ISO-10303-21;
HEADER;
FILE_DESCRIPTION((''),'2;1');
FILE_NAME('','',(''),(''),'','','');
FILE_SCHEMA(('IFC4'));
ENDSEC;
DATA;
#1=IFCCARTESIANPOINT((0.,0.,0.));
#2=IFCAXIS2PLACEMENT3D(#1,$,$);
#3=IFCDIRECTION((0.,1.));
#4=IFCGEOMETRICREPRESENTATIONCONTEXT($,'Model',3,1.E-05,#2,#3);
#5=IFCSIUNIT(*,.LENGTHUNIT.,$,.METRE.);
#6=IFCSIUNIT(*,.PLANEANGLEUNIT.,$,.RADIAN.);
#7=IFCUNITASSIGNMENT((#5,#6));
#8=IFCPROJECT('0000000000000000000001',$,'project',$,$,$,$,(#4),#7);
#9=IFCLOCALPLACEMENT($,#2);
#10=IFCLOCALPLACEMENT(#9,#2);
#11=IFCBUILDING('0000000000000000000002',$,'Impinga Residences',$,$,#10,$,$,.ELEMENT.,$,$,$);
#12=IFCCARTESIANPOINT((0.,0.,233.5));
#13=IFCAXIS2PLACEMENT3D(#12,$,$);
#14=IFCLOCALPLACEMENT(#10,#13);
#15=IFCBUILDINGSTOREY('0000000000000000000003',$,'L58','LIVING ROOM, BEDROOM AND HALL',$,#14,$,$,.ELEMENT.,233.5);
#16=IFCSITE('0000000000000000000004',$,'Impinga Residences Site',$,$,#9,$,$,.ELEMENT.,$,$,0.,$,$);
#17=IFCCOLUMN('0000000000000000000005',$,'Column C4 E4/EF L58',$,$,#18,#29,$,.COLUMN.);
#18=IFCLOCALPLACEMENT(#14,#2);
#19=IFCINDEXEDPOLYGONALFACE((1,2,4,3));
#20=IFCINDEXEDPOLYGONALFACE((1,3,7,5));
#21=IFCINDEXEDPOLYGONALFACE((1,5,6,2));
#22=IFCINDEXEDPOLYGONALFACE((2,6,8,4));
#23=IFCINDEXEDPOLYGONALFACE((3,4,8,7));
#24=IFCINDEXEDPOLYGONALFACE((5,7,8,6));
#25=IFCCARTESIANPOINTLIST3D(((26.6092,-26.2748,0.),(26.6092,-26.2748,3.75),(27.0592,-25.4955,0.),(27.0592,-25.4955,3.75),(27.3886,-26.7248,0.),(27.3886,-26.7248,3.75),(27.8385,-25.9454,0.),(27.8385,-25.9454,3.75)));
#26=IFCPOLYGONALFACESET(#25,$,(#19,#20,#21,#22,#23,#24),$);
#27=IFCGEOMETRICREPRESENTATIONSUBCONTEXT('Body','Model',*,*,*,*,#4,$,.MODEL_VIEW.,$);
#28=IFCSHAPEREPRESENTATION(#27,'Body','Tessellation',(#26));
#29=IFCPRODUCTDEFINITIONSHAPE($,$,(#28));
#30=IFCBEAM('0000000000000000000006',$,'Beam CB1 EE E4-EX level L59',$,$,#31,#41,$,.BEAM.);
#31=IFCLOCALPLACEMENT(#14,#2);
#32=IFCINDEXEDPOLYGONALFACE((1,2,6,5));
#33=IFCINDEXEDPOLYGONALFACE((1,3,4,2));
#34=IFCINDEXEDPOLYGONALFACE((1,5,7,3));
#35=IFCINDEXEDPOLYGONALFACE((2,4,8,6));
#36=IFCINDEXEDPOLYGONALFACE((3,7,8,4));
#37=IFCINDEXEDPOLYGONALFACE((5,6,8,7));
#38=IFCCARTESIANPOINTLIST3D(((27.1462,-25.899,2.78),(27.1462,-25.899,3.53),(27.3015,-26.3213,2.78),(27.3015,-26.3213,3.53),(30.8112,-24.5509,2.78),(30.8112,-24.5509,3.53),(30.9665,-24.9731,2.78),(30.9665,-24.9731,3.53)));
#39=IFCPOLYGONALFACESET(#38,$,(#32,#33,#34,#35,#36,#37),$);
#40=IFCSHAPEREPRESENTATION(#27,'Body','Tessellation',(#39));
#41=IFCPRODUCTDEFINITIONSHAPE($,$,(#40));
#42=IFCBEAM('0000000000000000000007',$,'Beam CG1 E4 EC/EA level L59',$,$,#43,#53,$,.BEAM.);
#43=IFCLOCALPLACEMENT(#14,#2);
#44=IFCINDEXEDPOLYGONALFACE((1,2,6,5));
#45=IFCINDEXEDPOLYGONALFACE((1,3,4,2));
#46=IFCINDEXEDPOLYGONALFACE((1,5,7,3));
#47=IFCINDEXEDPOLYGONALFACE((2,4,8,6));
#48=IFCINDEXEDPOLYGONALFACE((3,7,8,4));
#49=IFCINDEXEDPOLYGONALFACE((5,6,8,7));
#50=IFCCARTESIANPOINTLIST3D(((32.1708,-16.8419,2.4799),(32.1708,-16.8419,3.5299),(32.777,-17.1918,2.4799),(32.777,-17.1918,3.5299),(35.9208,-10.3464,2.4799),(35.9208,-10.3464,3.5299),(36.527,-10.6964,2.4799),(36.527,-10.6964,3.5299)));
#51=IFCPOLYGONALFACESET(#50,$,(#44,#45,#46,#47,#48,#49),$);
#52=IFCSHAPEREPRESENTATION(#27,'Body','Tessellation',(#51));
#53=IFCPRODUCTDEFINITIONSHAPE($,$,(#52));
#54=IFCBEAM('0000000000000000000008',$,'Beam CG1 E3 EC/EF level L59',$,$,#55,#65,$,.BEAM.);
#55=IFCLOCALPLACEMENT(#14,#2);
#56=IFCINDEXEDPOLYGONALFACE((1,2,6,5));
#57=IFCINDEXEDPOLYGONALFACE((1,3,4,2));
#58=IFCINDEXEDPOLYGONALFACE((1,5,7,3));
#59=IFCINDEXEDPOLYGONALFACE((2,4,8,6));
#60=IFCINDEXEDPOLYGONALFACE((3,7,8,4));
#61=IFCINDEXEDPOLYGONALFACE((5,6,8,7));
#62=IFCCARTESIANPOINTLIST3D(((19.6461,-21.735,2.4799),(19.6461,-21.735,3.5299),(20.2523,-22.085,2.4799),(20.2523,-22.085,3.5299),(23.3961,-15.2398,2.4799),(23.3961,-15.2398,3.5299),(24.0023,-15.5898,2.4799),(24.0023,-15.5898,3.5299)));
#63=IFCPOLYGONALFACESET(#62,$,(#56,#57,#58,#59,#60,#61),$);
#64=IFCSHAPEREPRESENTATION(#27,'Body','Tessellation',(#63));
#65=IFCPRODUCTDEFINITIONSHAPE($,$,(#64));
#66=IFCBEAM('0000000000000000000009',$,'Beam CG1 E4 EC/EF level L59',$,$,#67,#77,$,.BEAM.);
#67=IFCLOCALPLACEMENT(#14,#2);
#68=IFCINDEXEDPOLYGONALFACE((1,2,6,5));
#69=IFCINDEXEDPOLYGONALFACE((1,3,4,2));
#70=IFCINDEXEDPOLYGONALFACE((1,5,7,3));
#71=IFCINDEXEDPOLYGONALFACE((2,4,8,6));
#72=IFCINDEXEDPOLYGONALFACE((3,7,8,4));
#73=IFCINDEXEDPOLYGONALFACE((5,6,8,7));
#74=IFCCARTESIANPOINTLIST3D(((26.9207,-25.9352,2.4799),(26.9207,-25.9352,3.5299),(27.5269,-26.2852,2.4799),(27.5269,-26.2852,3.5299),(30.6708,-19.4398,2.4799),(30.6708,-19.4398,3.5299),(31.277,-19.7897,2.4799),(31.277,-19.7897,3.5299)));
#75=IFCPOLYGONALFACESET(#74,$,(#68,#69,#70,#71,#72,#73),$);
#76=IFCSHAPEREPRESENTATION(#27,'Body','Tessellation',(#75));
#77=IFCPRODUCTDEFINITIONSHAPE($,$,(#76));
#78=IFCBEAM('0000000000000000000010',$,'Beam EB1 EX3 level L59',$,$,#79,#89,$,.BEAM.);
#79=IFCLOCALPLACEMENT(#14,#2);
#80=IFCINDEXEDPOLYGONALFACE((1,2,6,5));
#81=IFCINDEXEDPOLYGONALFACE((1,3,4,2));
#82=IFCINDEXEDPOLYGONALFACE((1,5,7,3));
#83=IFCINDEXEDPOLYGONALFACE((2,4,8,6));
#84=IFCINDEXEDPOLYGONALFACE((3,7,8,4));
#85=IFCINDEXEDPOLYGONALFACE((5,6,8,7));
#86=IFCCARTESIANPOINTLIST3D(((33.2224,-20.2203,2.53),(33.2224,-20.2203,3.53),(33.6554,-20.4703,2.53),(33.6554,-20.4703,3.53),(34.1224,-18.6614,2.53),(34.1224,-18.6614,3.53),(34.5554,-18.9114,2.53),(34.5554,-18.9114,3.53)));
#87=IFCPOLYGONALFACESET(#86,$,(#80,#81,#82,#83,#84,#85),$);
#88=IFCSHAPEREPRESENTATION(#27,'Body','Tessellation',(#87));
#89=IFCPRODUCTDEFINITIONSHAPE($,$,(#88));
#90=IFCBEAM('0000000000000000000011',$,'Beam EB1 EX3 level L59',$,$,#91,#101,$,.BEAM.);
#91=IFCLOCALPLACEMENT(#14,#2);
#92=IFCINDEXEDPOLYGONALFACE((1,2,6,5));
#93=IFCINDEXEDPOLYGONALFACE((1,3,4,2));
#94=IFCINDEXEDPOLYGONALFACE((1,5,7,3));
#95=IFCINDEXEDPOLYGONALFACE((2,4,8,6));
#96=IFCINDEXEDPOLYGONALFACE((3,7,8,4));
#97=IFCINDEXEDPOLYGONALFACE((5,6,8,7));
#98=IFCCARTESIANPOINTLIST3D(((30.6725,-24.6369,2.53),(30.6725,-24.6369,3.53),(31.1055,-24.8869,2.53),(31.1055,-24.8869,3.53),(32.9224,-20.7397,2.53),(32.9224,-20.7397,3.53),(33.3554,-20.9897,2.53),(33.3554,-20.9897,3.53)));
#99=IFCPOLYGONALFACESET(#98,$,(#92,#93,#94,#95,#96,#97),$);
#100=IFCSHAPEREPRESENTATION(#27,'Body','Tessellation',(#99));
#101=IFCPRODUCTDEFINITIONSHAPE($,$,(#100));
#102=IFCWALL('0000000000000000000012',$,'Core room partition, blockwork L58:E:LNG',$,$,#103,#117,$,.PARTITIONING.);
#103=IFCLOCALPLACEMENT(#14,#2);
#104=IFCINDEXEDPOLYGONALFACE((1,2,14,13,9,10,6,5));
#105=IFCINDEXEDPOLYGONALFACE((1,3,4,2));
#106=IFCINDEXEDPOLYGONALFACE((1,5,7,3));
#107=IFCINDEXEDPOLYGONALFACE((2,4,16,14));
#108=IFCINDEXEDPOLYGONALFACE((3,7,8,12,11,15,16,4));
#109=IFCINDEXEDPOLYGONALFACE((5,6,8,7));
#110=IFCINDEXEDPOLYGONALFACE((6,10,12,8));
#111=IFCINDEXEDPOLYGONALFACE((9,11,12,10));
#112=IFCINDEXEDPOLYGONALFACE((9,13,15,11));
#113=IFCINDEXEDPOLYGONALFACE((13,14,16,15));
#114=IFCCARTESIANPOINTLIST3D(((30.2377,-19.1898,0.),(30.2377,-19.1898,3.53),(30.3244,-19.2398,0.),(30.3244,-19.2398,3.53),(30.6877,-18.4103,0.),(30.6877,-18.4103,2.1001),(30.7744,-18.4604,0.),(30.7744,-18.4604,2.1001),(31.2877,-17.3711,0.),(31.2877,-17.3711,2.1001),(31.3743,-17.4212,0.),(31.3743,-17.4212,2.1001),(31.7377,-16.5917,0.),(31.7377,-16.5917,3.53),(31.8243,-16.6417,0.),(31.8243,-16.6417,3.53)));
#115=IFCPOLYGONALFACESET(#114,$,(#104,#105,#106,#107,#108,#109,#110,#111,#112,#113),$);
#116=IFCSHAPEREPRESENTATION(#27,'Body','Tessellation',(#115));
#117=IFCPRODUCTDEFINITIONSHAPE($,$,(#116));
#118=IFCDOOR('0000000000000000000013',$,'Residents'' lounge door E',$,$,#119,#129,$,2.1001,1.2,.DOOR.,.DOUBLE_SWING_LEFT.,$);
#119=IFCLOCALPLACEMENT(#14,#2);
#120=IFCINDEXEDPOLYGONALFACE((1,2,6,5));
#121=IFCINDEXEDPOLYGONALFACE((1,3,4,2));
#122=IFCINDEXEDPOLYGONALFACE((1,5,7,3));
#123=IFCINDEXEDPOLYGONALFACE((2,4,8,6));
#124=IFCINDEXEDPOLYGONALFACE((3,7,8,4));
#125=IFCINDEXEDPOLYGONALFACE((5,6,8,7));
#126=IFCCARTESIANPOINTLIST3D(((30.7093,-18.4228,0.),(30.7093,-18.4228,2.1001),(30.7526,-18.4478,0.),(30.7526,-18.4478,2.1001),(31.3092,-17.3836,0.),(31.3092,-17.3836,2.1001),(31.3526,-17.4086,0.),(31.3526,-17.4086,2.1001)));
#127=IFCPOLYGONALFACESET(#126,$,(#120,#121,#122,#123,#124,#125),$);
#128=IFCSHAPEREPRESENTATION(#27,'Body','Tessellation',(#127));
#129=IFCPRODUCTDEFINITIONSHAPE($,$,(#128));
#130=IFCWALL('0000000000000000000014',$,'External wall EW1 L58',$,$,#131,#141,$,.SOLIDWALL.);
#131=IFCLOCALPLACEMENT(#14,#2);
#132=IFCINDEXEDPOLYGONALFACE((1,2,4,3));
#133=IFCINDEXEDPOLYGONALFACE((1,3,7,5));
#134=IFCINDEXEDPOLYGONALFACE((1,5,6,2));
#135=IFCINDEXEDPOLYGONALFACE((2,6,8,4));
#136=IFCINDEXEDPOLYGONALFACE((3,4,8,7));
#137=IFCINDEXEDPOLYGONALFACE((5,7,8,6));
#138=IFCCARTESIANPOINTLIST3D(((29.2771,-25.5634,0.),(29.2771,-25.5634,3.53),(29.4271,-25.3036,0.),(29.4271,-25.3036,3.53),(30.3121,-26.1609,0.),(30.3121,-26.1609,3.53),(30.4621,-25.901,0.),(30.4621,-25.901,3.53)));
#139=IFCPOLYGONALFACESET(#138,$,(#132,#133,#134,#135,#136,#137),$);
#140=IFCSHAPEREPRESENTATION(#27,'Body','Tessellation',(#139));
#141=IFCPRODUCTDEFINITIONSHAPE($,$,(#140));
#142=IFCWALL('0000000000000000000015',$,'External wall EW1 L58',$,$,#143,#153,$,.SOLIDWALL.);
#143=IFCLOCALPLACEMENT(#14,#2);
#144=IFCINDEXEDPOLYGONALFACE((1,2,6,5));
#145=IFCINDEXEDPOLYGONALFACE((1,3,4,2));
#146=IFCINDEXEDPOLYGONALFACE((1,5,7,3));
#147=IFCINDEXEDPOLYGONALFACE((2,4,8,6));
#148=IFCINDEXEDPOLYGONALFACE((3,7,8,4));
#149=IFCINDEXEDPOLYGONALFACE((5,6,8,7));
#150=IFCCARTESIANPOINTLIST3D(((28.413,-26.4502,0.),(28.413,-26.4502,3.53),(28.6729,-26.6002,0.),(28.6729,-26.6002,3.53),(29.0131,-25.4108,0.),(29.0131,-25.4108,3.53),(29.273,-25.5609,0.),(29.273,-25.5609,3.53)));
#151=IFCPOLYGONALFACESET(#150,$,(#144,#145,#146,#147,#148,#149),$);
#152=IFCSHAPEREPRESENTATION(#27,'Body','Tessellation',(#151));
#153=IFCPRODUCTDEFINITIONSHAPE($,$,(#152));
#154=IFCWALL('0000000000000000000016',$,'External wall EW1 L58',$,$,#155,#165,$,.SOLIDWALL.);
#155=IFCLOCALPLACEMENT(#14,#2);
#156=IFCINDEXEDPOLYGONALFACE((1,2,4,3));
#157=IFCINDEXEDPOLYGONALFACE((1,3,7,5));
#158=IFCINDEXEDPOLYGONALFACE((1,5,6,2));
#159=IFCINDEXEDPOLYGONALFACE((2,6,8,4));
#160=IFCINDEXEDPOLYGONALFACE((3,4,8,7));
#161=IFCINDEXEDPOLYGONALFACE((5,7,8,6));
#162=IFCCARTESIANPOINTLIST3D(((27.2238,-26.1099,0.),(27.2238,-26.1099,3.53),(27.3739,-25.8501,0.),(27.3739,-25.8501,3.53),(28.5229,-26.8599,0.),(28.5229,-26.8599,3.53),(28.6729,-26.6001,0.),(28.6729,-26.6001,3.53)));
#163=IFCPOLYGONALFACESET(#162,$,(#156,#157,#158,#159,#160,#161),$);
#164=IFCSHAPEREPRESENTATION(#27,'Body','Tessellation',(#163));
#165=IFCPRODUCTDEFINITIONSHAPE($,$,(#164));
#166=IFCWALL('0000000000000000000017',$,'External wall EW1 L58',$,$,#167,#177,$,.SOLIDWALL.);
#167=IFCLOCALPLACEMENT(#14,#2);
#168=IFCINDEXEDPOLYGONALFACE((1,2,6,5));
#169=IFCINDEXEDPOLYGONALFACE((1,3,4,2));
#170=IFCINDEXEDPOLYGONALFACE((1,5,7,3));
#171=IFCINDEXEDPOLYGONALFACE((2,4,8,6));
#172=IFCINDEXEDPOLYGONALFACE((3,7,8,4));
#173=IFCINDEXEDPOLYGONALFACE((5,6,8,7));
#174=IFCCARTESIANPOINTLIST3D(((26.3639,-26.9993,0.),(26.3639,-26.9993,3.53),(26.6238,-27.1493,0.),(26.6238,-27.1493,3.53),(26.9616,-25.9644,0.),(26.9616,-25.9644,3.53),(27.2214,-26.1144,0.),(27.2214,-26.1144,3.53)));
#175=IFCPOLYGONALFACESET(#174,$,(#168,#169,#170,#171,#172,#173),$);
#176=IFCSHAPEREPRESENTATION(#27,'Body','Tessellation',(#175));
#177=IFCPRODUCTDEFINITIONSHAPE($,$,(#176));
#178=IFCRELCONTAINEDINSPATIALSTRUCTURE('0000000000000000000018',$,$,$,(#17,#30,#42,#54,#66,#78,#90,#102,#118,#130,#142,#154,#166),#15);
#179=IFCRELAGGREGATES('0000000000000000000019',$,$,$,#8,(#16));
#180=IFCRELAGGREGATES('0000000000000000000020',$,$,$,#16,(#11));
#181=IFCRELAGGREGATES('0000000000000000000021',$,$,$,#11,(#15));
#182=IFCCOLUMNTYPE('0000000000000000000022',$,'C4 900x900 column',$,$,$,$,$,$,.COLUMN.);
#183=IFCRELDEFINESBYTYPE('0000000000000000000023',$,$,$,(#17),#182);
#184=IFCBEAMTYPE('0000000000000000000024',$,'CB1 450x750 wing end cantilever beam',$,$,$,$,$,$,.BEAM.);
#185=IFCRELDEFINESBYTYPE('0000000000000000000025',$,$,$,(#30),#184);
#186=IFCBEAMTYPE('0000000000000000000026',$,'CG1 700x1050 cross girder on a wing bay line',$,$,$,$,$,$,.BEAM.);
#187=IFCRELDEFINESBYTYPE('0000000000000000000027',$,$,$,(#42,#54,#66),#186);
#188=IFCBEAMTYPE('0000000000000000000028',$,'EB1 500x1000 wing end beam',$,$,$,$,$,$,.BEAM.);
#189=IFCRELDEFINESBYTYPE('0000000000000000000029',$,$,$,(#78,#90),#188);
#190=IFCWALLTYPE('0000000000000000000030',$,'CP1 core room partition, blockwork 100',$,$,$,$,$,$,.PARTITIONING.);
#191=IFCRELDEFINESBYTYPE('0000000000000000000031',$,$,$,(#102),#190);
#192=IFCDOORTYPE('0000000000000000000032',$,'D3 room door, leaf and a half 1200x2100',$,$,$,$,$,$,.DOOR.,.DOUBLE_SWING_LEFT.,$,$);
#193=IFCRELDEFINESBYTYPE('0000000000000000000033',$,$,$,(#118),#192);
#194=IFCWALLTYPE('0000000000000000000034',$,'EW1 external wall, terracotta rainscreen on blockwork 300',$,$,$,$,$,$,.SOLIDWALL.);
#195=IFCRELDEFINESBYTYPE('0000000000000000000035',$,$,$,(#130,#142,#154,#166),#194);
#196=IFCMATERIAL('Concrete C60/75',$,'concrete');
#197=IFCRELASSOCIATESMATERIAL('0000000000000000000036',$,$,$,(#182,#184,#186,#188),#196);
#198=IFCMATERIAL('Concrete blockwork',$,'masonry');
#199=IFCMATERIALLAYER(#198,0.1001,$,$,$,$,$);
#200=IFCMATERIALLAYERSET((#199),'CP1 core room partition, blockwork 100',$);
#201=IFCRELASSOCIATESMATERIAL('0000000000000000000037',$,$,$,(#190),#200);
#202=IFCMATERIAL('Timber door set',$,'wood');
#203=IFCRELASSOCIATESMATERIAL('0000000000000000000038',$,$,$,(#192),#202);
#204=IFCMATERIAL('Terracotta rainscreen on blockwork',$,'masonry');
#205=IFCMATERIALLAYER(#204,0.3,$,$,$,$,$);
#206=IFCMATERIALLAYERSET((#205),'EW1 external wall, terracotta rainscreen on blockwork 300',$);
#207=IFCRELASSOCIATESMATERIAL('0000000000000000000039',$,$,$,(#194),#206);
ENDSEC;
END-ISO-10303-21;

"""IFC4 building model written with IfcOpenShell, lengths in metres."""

from ifc_helpers import new_model, si_unit, direction, frame, frame_2d, origin, origin_2d, place, context, subcontext, project, spatial, rectangle, extrude, material, layer, layer_set, material_profile, profile_set, type_object, element, fill, save


model = new_model("IFC4")

# Units and contexts
model_context = context("Model", 3, precision=1e-05, world=origin(), true_north=direction((0.0, 1.0)))
body_context = subcontext(model_context, "Body", "Model", "MODEL_VIEW")
ifc_project = project(units=[si_unit("LENGTHUNIT", "METRE"), si_unit("PLANEANGLEUNIT", "RADIAN")], contexts=[model_context])

# Site, building, storey
site_placement = place(None, origin())
site = spatial("IfcSite", under=ifc_project, at=site_placement, Name="Impinga Residences Site", CompositionType="ELEMENT", RefElevation=0.0)
building_placement = place(site_placement, origin())
building = spatial("IfcBuilding", under=site, at=building_placement, Name="Impinga Residences", CompositionType="ELEMENT")
storey_placement = place(building_placement, frame((0.0, 0.0, 233.5)))
storey = spatial("IfcBuildingStorey", under=building, at=storey_placement, Name="L58", Description="LIVING ROOM, BEDROOM AND HALL", CompositionType="ELEMENT", Elevation=233.5)

# Column
ifc_material_1 = material(Name="Concrete C60/75", Category="concrete")
ifc_material_profile_1 = material_profile(ifc_material_1, rectangle(XDim=0.8999, YDim=0.8999, at=origin_2d()), Name="RC 900x900")
ifc_profile_set_1 = profile_set([ifc_material_profile_1], Name="Concrete C60/75")
column_type = type_object("IfcColumnType", Name="C4 900x900 column", PredefinedType="COLUMN", material=ifc_profile_set_1)
column_placement = place(storey_placement, frame((27.2239, -26.1101, 0.0), z_axis=(0.0, 0.0, 1.0), x_axis=(-0.5, -0.866025, 0.0)))
element("IfcColumn", 1, at=column_placement, inside=storey, type_object=column_type, Name="Column C4 E4/EF L58", PredefinedType="COLUMN", context=body_context, shape_type="SweptSolid", body=[
    extrude(rectangle(XDim=0.8999, YDim=0.8999, at=origin_2d()), origin(), (0.0, 0.0, 1.0), 3.75),
])

# Beams
ifc_material_profile_2 = material_profile(ifc_material_1, rectangle(XDim=0.45, YDim=0.75, at=origin_2d()), Name="RC 450x750")
ifc_profile_set_2 = profile_set([ifc_material_profile_2], Name="Concrete C60/75")
beam_type_1 = type_object("IfcBeamType", Name="CB1 450x750 wing end cantilever beam", PredefinedType="BEAM", material=ifc_profile_set_2)
beam_1_placement = place(storey_placement, frame((27.2239, -26.1101, 3.155), z_axis=(0.93852, 0.345224, 0.0), x_axis=(-0.345224, 0.93852, 0.0)))
element("IfcBeam", 2, at=beam_1_placement, inside=storey, type_object=beam_type_1, Name="Beam CB1 EE E4-EX level L59", PredefinedType="BEAM", context=body_context, shape_type="SweptSolid", body=[
    extrude(rectangle(XDim=0.45, YDim=0.75, at=origin_2d()), origin(), (0.0, 0.0, 1.0), 3.905),
])
ifc_material_profile_3 = material_profile(ifc_material_1, rectangle(XDim=0.7, YDim=1.05, at=origin_2d()), Name="RC 700x1050")
ifc_profile_set_3 = profile_set([ifc_material_profile_3], Name="Concrete C60/75")
beam_type_2 = type_object("IfcBeamType", Name="CG1 700x1050 cross girder on a wing bay line", PredefinedType="BEAM", material=ifc_profile_set_3)
beam_2_placement = place(storey_placement, frame((32.4739, -17.0168, 3.0049), z_axis=(0.49999, 0.866031, 0.0), x_axis=(-0.866031, 0.49999, 0.0)))
element("IfcBeam", 3, at=beam_2_placement, inside=storey, type_object=beam_type_2, Name="Beam CG1 E4 EC/EA level L59", PredefinedType="BEAM", context=body_context, shape_type="SweptSolid", body=[
    extrude(rectangle(XDim=0.7, YDim=1.05, at=origin_2d()), origin(), (0.0, 0.0, 1.0), 7.5002),
])
beam_3_placement = place(storey_placement, frame((23.6992, -15.4148, 3.0049), z_axis=(-0.500004, -0.866023, 0.0), x_axis=(0.866023, -0.500004, 0.0)))
element("IfcBeam", 4, at=beam_3_placement, inside=storey, type_object=beam_type_2, Name="Beam CG1 E3 EC/EF level L59", PredefinedType="BEAM", context=body_context, shape_type="SweptSolid", body=[
    extrude(rectangle(XDim=0.7, YDim=1.05, at=origin_2d()), origin(), (0.0, 0.0, 1.0), 7.5),
])
beam_4_placement = place(storey_placement, frame((30.9739, -19.6147, 3.0049), z_axis=(-0.49999, -0.866031, 0.0), x_axis=(0.866031, -0.49999, 0.0)))
element("IfcBeam", 5, at=beam_4_placement, inside=storey, type_object=beam_type_2, Name="Beam CG1 E4 EC/EF level L59", PredefinedType="BEAM", context=body_context, shape_type="SweptSolid", body=[
    extrude(rectangle(XDim=0.7, YDim=1.05, at=origin_2d()), origin(), (0.0, 0.0, 1.0), 7.5002),
])
ifc_material_profile_4 = material_profile(ifc_material_1, rectangle(XDim=0.5, YDim=1.0, at=origin_2d()), Name="RC 500x1000")
ifc_profile_set_4 = profile_set([ifc_material_profile_4], Name="Concrete C60/75")
beam_type_3 = type_object("IfcBeamType", Name="EB1 500x1000 wing end beam", PredefinedType="BEAM", material=ifc_profile_set_4)
beam_5_placement = place(storey_placement, frame((34.3389, -18.7864, 3.03), z_axis=(-0.499961, -0.866048, 0.0), x_axis=(0.866048, -0.499961, 0.0)))
element("IfcBeam", 6, at=beam_5_placement, inside=storey, type_object=beam_type_3, Name="Beam EB1 EX3 level L59", PredefinedType="BEAM", context=body_context, shape_type="SweptSolid", body=[
    extrude(rectangle(XDim=0.5, YDim=1.0, at=origin_2d()), origin(), (0.0, 0.0, 1.0), 1.8),
])
beam_6_placement = place(storey_placement, frame((33.1389, -20.8647, 3.03), z_axis=(-0.49999, -0.866031, 0.0), x_axis=(0.866031, -0.49999, 0.0)))
element("IfcBeam", 7, at=beam_6_placement, inside=storey, type_object=beam_type_3, Name="Beam EB1 EX3 level L59", PredefinedType="BEAM", context=body_context, shape_type="SweptSolid", body=[
    extrude(rectangle(XDim=0.5, YDim=1.0, at=origin_2d()), origin(), (0.0, 0.0, 1.0), 4.5),
])

# Wall, opening, door
ifc_material_2 = material(Name="Concrete blockwork", Category="masonry")
ifc_layer_1 = layer(ifc_material_2, 0.1001)
ifc_layer_set_1 = layer_set([ifc_layer_1], Name="CP1 core room partition, blockwork 100")
wall_type_1 = type_object("IfcWallType", Name="CP1 core room partition, blockwork 100", PredefinedType="PARTITIONING", material=ifc_layer_set_1)
wall_1_placement = place(storey_placement, frame((31.781, -16.6167, 0.0), z_axis=(0.0, 0.0, 1.0), x_axis=(-0.49999, -0.866031, 0.0)))
wall_1 = element("IfcWall", 8, at=wall_1_placement, inside=storey, type_object=wall_type_1, Name="Core room partition, blockwork L58:E:LNG", PredefinedType="PARTITIONING", context=body_context, shape_type="SweptSolid", body=[
    extrude(rectangle(XDim=3.0, YDim=0.1001, at=frame_2d((1.5, 0.0))), origin(), (0.0, 0.0, 1.0), 3.53),
])
opening_1_placement = place(wall_1_placement, frame((0.8999, 0.0, 0.0)))
opening_1 = element("IfcOpeningElement", 9, at=opening_1_placement, cuts=wall_1, PredefinedType="OPENING", context=body_context, shape_type="SweptSolid", body=[
    extrude(rectangle(XDim=1.2, YDim=2.1001, at=frame_2d((0.6001, 1.05))), frame((0.0, 0.0601, 0.0), z_axis=(0.0, -1.0, 0.0), x_axis=(1.0, 0.0, 0.0)), (0.0, 0.0, 1.0), 0.1201),
])
ifc_material_3 = material(Name="Timber door set", Category="wood")
door_type_1 = type_object("IfcDoorType", Name="D3 room door, leaf and a half 1200x2100", OperationType="DOUBLE_SWING_LEFT", PredefinedType="DOOR", material=ifc_material_3)
door_1_placement = place(opening_1_placement, origin())
door_1 = element("IfcDoor", 10, at=door_1_placement, inside=storey, type_object=door_type_1, Name="Residents' lounge door E", OperationType="DOUBLE_SWING_LEFT", OverallHeight=2.1001, OverallWidth=1.2, PredefinedType="DOOR", context=body_context, shape_type="SweptSolid", body=[
    extrude(rectangle(XDim=1.2, YDim=2.1001, at=frame_2d((0.6001, 1.05))), frame((0.0, 0.0249, 0.0), z_axis=(0.0, -1.0, 0.0), x_axis=(1.0, 0.0, 0.0)), (0.0, 0.0, 1.0), 0.05),
])
fill(opening_1, door_1)

# Walls
ifc_material_4 = material(Name="Terracotta rainscreen on blockwork", Category="masonry")
ifc_layer_2 = layer(ifc_material_4, 0.3)
ifc_layer_set_2 = layer_set([ifc_layer_2], Name="EW1 external wall, terracotta rainscreen on blockwork 300")
wall_type_2 = type_object("IfcWallType", Name="EW1 external wall, terracotta rainscreen on blockwork 300", PredefinedType="SOLIDWALL", material=ifc_layer_set_2)
wall_2_placement = place(storey_placement, frame((30.3872, -26.031, 0.0), z_axis=(0.0, 0.0, 1.0), x_axis=(-0.86606, 0.499941, 0.0)))
element("IfcWall", 11, at=wall_2_placement, inside=storey, type_object=wall_type_2, Name="External wall EW1 L58", PredefinedType="SOLIDWALL", context=body_context, shape_type="SweptSolid", body=[
    extrude(rectangle(XDim=1.1951, YDim=0.3, at=frame_2d((0.5977, 0.0))), origin(), (0.0, 0.0, 1.0), 3.53),
])
wall_3_placement = place(storey_placement, frame((29.1431, -25.4858, 0.0), z_axis=(0.0, 0.0, 1.0), x_axis=(-0.500034, -0.866006, 0.0)))
element("IfcWall", 12, at=wall_3_placement, inside=storey, type_object=wall_type_2, Name="External wall EW1 L58", PredefinedType="SOLIDWALL", context=body_context, shape_type="SweptSolid", body=[
    extrude(rectangle(XDim=1.2002, YDim=0.3, at=frame_2d((0.6001, 0.0))), origin(), (0.0, 0.0, 1.0), 3.53),
])
wall_4_placement = place(storey_placement, frame((28.5979, -26.73, 0.0), z_axis=(0.0, 0.0, 1.0), x_axis=(-0.866031, 0.49999, 0.0)))
element("IfcWall", 13, at=wall_4_placement, inside=storey, type_object=wall_type_2, Name="External wall EW1 L58", PredefinedType="SOLIDWALL", context=body_context, shape_type="SweptSolid", body=[
    extrude(rectangle(XDim=1.5, YDim=0.3, at=frame_2d((0.75, 0.0))), origin(), (0.0, 0.0, 1.0), 3.53),
])
wall_5_placement = place(storey_placement, frame((27.0916, -26.0393, 0.0), z_axis=(0.0, 0.0, 1.0), x_axis=(-0.500094, -0.865971, 0.0)))
element("IfcWall", 14, at=wall_5_placement, inside=storey, type_object=wall_type_2, Name="External wall EW1 L58", PredefinedType="SOLIDWALL", context=body_context, shape_type="SweptSolid", body=[
    extrude(rectangle(XDim=1.1951, YDim=0.3, at=frame_2d((0.5977, 0.0))), origin(), (0.0, 0.0, 1.0), 3.53),
])

save(model, "model.ifc")
